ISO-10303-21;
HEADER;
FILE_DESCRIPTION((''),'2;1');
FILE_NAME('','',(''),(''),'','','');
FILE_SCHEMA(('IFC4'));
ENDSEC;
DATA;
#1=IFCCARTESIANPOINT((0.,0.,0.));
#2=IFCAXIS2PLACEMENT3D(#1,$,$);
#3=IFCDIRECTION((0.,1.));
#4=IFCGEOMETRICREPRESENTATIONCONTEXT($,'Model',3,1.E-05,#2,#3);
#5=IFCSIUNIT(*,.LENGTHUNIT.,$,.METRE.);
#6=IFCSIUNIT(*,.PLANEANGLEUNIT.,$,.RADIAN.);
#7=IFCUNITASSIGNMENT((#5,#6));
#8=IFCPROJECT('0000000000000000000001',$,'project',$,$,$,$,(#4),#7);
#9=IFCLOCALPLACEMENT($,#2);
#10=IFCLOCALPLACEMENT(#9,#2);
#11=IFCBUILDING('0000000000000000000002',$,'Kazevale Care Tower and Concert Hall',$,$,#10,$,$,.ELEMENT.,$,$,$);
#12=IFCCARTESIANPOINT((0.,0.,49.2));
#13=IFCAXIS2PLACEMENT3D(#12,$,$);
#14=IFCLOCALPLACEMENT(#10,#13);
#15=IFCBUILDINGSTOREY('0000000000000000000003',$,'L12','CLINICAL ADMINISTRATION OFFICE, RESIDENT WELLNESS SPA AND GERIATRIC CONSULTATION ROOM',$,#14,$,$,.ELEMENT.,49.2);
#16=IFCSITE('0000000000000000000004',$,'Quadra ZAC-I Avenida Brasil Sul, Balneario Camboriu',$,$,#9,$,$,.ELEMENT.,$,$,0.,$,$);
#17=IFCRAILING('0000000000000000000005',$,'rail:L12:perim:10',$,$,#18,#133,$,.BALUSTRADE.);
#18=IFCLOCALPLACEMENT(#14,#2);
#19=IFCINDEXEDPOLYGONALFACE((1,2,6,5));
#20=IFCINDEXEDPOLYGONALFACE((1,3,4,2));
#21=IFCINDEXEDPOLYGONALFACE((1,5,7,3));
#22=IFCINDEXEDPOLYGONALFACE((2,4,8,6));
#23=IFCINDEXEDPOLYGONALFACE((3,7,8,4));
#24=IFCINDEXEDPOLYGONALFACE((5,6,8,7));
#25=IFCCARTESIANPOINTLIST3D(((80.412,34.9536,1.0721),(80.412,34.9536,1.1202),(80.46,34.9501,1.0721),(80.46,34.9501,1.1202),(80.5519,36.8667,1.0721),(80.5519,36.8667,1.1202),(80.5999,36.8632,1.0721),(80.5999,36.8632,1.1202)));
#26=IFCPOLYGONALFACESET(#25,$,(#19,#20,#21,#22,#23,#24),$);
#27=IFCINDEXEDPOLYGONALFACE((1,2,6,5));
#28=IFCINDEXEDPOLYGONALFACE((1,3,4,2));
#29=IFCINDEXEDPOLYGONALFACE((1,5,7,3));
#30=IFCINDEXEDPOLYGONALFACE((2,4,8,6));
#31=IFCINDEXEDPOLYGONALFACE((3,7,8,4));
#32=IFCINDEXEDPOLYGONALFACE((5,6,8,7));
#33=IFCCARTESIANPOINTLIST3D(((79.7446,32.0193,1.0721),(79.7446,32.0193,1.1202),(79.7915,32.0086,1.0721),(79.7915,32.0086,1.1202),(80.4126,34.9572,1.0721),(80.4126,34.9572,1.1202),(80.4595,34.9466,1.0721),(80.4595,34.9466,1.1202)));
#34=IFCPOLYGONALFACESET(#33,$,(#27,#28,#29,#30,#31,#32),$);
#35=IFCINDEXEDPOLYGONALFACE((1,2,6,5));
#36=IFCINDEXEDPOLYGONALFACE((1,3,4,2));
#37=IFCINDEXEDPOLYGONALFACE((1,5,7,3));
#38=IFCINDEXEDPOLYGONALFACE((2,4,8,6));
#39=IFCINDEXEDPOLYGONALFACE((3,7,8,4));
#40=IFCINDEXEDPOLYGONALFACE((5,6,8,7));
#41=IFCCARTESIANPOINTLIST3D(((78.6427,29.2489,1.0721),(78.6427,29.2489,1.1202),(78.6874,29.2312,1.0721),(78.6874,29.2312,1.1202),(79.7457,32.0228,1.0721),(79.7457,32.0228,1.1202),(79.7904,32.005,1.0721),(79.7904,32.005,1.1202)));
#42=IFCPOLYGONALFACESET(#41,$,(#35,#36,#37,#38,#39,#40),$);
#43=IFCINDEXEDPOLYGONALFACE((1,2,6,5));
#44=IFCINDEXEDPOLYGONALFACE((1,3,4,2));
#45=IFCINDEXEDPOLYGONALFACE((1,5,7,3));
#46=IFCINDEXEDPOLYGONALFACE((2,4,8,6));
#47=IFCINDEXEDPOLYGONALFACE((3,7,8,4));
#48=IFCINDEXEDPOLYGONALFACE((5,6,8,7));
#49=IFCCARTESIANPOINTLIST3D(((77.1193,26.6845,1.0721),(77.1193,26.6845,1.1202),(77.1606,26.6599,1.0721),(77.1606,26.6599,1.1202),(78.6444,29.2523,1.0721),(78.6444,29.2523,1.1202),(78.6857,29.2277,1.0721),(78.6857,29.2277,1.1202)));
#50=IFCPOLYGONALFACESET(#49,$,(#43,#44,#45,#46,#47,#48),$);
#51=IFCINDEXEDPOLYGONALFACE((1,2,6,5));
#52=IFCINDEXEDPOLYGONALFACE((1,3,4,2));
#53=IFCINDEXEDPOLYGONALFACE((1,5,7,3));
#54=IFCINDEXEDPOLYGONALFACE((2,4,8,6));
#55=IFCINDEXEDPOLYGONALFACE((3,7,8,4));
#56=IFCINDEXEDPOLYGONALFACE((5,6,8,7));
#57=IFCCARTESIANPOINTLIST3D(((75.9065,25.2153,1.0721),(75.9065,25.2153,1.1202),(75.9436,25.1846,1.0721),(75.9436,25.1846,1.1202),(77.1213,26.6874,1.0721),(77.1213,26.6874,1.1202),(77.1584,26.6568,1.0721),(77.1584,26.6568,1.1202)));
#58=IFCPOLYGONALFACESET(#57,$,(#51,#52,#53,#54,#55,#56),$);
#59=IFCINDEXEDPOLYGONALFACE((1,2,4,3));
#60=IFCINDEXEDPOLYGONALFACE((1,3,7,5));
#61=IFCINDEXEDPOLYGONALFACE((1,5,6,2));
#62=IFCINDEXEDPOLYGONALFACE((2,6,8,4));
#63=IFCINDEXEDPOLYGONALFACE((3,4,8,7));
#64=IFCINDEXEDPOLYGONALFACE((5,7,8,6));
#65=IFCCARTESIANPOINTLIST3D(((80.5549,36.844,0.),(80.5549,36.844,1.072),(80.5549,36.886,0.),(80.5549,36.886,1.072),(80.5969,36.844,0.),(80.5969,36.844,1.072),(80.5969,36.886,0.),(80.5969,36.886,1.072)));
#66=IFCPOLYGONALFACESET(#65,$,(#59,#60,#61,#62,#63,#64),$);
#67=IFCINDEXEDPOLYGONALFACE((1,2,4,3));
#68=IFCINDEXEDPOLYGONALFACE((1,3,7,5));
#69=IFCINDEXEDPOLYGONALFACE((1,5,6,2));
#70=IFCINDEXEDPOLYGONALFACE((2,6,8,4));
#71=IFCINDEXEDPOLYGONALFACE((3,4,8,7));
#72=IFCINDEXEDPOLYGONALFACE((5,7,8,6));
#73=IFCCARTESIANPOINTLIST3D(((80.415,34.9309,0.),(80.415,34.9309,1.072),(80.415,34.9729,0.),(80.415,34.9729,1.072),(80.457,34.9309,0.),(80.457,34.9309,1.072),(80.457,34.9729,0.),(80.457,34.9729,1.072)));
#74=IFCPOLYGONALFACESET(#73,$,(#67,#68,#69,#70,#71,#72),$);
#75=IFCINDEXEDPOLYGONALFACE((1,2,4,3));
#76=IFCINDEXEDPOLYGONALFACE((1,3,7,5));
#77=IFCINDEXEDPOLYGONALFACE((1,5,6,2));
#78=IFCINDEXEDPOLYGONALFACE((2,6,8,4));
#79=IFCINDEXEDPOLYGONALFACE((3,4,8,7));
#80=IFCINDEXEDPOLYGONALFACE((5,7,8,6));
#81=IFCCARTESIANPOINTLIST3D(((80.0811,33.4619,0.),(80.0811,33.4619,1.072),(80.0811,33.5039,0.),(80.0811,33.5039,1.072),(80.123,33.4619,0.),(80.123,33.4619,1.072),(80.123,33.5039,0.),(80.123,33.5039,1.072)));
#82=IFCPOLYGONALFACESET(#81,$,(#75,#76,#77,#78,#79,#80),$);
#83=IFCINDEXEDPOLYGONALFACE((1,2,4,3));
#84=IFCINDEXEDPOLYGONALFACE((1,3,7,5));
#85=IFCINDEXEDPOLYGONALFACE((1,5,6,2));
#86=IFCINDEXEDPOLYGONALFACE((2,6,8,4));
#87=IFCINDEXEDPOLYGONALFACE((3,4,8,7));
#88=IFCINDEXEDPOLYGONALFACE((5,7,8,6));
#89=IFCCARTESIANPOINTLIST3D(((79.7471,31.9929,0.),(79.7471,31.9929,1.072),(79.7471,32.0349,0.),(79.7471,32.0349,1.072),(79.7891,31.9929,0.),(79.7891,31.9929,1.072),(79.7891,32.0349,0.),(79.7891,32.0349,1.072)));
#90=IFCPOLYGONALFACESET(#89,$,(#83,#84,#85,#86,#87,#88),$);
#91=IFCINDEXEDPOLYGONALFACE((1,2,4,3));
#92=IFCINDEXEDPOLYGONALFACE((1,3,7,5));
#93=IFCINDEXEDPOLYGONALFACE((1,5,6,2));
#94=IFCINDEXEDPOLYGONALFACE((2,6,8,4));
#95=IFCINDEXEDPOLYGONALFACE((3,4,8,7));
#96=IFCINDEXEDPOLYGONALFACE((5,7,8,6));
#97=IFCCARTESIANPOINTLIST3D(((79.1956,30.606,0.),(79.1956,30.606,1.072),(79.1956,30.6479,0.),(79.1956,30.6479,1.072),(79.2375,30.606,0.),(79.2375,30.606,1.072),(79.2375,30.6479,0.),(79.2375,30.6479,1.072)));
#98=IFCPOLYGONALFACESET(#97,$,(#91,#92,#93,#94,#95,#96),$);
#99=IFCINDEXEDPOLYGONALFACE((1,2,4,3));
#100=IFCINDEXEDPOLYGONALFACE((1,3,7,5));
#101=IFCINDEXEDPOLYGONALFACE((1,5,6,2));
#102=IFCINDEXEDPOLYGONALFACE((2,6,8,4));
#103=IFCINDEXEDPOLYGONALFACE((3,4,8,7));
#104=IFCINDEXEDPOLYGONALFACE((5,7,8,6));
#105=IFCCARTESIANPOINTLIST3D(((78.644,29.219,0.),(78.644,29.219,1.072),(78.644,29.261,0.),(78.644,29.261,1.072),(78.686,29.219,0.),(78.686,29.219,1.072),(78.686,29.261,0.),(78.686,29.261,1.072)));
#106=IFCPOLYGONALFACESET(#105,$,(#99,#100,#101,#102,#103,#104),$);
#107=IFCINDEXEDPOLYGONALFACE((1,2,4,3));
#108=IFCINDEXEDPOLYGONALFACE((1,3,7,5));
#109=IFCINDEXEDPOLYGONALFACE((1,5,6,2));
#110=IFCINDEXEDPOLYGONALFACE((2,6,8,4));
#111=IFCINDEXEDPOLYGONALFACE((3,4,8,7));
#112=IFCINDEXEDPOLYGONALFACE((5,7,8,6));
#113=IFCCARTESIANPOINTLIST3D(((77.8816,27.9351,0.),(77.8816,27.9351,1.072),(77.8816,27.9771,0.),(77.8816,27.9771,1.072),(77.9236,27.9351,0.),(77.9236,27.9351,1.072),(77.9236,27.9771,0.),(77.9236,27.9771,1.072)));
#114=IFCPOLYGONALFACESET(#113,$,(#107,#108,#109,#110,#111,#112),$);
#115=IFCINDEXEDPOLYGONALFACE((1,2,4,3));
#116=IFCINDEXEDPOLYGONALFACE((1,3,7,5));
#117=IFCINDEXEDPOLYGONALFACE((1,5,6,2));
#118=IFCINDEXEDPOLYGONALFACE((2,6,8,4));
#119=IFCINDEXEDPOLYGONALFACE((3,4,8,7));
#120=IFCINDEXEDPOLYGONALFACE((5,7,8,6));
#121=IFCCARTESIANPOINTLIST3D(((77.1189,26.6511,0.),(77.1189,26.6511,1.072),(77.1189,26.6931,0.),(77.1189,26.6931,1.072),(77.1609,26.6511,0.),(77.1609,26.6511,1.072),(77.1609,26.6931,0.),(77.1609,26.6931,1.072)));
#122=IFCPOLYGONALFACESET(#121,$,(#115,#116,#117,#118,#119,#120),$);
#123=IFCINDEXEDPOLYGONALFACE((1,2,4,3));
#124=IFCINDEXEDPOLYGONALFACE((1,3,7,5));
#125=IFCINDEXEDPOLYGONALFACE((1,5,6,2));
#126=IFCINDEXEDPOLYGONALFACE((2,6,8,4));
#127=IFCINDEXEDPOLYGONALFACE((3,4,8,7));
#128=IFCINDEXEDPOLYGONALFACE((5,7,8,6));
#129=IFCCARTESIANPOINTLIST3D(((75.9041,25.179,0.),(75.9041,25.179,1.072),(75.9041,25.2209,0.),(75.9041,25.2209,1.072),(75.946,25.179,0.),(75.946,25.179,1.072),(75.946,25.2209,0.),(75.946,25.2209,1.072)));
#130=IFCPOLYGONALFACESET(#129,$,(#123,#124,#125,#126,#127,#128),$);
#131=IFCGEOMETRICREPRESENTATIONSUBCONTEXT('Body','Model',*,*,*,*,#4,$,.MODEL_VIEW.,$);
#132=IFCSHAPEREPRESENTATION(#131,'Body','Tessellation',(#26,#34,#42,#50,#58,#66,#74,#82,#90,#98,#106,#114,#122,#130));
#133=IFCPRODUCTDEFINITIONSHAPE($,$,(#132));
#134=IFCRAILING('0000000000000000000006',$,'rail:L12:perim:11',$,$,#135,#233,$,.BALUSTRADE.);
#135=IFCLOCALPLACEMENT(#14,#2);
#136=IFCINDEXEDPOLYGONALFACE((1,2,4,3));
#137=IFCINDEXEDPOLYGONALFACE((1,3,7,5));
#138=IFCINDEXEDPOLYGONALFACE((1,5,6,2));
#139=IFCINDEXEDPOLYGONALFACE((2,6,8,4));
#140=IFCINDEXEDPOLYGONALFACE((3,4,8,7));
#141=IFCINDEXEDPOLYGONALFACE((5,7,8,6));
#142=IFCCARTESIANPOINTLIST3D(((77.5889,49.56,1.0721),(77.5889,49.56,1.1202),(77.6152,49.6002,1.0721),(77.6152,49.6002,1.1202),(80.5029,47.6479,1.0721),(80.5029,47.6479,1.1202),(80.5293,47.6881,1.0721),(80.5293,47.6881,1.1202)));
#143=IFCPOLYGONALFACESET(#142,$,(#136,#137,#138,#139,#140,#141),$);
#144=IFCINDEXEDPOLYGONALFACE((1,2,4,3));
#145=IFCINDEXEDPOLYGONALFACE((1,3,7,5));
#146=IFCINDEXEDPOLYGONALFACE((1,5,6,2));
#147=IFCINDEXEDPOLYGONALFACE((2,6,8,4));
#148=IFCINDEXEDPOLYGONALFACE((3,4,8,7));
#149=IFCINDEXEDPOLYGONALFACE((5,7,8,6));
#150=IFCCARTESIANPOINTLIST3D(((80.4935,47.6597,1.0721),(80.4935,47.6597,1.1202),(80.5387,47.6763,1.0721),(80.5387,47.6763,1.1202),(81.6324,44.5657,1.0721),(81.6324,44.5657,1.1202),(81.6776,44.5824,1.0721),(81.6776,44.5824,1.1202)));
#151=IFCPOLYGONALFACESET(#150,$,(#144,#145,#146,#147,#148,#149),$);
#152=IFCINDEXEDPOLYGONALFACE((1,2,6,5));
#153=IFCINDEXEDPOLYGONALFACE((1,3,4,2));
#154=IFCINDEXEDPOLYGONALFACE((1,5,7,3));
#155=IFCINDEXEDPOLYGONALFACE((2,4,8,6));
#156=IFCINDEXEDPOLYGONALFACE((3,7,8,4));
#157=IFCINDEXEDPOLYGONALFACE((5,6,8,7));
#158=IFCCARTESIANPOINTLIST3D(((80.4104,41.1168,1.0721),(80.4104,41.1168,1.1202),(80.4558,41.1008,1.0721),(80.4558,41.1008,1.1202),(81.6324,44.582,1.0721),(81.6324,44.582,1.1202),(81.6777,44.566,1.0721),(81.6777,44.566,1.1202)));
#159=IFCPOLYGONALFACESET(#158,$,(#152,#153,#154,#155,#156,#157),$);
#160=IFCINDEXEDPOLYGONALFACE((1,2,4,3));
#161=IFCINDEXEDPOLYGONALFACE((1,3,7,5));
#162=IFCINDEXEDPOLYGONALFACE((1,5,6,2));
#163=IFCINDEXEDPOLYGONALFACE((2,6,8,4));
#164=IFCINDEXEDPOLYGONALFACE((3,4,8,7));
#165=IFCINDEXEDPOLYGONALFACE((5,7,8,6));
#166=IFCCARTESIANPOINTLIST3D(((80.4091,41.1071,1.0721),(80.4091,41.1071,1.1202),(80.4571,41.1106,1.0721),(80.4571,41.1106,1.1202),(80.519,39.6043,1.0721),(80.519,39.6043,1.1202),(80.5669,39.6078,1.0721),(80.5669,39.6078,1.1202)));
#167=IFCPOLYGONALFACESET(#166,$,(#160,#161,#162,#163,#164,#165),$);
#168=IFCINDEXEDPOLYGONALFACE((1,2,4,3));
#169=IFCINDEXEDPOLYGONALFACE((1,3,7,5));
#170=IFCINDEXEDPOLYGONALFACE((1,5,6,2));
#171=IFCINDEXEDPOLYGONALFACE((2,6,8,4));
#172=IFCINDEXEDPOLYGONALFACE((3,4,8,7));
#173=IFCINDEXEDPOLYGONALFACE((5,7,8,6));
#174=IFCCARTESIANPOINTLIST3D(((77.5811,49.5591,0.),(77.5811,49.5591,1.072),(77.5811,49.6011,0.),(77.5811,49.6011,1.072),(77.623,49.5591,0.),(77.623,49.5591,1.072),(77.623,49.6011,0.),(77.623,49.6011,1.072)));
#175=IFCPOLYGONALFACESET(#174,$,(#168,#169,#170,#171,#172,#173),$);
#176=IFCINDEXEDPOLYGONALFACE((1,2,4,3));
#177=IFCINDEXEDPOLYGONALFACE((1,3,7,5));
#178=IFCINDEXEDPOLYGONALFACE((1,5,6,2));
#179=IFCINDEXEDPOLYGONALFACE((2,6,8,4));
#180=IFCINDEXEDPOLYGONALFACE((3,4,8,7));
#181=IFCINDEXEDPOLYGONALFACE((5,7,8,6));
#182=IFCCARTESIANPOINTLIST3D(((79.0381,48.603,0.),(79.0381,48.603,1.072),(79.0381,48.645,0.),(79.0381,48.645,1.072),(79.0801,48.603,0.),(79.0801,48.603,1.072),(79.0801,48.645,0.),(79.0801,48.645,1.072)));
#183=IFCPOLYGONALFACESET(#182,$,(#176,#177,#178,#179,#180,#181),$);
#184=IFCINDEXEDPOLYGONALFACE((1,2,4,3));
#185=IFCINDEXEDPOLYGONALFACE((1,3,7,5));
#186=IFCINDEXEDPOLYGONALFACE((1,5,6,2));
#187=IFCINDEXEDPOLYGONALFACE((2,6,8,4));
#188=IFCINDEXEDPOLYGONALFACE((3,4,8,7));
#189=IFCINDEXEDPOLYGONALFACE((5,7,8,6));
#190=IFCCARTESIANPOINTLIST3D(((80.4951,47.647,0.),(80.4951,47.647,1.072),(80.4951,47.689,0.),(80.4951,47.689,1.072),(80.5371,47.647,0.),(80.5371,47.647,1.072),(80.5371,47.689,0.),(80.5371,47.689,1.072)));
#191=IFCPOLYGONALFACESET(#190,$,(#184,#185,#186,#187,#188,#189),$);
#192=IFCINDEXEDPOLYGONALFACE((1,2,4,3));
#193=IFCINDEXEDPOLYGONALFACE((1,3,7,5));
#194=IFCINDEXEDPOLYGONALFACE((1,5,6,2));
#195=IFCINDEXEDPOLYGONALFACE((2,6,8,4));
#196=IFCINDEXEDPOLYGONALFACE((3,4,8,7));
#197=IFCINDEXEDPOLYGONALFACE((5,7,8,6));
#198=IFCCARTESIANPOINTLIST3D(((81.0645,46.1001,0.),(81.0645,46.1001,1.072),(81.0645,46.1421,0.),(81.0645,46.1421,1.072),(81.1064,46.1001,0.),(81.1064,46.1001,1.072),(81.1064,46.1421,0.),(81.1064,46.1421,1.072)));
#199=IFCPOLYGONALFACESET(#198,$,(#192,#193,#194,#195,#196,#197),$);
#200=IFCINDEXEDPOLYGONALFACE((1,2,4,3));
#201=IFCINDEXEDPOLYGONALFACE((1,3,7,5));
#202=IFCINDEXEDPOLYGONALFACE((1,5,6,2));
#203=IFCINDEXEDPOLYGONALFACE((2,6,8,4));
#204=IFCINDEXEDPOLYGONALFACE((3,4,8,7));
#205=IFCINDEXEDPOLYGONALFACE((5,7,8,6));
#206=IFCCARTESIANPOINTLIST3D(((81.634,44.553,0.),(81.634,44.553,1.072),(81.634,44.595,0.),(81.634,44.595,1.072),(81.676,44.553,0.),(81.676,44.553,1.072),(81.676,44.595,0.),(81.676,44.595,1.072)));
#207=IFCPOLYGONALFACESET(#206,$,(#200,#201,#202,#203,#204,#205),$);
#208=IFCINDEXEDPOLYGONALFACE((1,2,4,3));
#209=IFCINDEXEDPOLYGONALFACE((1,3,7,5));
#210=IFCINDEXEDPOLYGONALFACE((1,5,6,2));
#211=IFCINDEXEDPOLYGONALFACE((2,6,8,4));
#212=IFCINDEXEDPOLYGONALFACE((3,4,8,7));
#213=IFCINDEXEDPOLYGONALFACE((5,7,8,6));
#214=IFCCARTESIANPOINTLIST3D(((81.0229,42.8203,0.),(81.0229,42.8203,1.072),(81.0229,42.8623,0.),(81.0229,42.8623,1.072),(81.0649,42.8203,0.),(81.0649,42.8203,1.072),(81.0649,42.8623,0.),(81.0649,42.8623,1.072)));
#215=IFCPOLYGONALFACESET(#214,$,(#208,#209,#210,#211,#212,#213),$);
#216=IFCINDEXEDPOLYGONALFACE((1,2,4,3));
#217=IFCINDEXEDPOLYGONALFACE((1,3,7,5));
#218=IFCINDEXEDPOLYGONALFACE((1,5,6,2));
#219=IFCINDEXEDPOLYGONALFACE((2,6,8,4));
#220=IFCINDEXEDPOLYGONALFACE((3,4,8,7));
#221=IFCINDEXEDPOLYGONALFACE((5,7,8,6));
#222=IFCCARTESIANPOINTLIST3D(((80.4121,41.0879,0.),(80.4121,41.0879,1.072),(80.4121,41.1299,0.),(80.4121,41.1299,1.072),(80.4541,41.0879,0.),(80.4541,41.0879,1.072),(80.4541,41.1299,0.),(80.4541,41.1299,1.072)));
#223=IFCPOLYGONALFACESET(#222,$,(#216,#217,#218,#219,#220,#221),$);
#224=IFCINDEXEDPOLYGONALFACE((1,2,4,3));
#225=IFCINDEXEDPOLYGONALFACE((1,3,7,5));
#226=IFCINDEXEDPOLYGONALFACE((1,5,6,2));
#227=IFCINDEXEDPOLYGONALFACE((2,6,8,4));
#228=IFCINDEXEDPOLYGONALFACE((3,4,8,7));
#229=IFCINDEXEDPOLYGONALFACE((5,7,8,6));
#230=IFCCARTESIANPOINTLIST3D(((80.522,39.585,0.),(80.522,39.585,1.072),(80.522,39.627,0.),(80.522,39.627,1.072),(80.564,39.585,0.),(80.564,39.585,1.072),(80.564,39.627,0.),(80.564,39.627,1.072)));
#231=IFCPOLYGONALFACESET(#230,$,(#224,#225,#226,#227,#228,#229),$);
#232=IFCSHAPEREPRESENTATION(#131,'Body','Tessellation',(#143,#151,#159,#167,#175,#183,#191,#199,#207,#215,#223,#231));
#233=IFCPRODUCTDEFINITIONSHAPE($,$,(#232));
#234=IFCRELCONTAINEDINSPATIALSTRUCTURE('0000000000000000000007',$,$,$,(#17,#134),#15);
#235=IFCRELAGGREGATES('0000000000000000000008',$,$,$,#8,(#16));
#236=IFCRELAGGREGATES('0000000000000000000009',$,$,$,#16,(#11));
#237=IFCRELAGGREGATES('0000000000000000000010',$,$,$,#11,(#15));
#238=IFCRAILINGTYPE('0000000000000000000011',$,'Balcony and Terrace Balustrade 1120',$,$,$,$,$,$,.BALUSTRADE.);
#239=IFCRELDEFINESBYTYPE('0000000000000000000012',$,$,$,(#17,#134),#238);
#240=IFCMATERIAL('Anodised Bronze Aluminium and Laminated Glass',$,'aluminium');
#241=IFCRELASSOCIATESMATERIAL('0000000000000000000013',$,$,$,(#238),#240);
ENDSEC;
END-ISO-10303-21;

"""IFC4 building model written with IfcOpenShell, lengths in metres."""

from ifc_helpers import new_model, si_unit, direction, frame, origin, origin_2d, place, context, subcontext, project, spatial, rectangle, extrude, material, type_object, element, save


model = new_model("IFC4")

# Units and contexts
model_context = context("Model", 3, precision=1e-05, world=origin(), true_north=direction((0.0, 1.0)))
body_context = subcontext(model_context, "Body", "Model", "MODEL_VIEW")
ifc_project = project(units=[si_unit("LENGTHUNIT", "METRE"), si_unit("PLANEANGLEUNIT", "RADIAN")], contexts=[model_context])

# Site, building, storey
site_placement = place(None, origin())
site = spatial("IfcSite", under=ifc_project, at=site_placement, Name="Quadra ZAC-I Avenida Brasil Sul, Balneario Camboriu", CompositionType="ELEMENT", RefElevation=0.0)
building_placement = place(site_placement, origin())
building = spatial("IfcBuilding", under=site, at=building_placement, Name="Kazevale Care Tower and Concert Hall", CompositionType="ELEMENT")
storey_placement = place(building_placement, frame((0.0, 0.0, 49.2)))
storey = spatial("IfcBuildingStorey", under=building, at=storey_placement, Name="L12", Description="CLINICAL ADMINISTRATION OFFICE, RESIDENT WELLNESS SPA AND GERIATRIC CONSULTATION ROOM", CompositionType="ELEMENT", Elevation=49.2)

# Railings
ifc_material_1 = material(Name="Anodised Bronze Aluminium and Laminated Glass", Category="aluminium")
railing_type = type_object("IfcRailingType", Name="Balcony and Terrace Balustrade 1120", PredefinedType="BALUSTRADE", material=ifc_material_1)
railing_1_placement = place(storey_placement, frame((80.5759, 36.865, 0.0)))
element("IfcRailing", 1, at=railing_1_placement, inside=storey, type_object=railing_type, Name="rail:L12:perim:10", PredefinedType="BALUSTRADE", context=body_context, shape_type="SweptSolid", body=[
    extrude(rectangle(XDim=0.0481, YDim=0.0481, at=origin_2d()), frame((0.0, 0.0, 1.0962), z_axis=(-0.072929, -0.997337, 0.0), x_axis=(0.997337, -0.072929, 0.0)), (0.0, 0.0, 1.0), 1.9182),
    extrude(rectangle(XDim=0.0481, YDim=0.0481, at=origin_2d()), frame((-0.1399, -1.9131, 1.0962), z_axis=(-0.221698, -0.975115, 0.0), x_axis=(0.975115, -0.221698, 0.0)), (0.0, 0.0, 1.0), 3.0129),
    extrude(rectangle(XDim=0.0481, YDim=0.0481, at=origin_2d()), frame((-0.8079, -4.8511, 1.0962), z_axis=(-0.3695, -0.929231, 0.0), x_axis=(0.929231, -0.3695, 0.0)), (0.0, 0.0, 1.0), 2.9851),
    extrude(rectangle(XDim=0.0481, YDim=0.0481, at=origin_2d()), frame((-1.9109, -7.625, 1.0962), z_axis=(-0.510656, -0.859785, 0.0), x_axis=(0.859785, -0.510656, 0.0)), (0.0, 0.0, 1.0), 2.9866),
    extrude(rectangle(XDim=0.0481, YDim=0.0481, at=origin_2d()), frame((-3.436, -10.1929, 1.0962), z_axis=(-0.636478, -0.771295, 0.0), x_axis=(0.771295, -0.636478, 0.0)), (0.0, 0.0, 1.0), 1.9087),
    extrude(rectangle(XDim=0.042, YDim=0.042, at=origin_2d()), origin(), (0.0, 0.0, 1.0), 1.072),
    extrude(rectangle(XDim=0.042, YDim=0.042, at=origin_2d()), frame((-0.1399, -1.9131, 0.0)), (0.0, 0.0, 1.0), 1.072),
    extrude(rectangle(XDim=0.042, YDim=0.042, at=origin_2d()), frame((-0.4739, -3.3821, 0.0)), (0.0, 0.0, 1.0), 1.072),
    extrude(rectangle(XDim=0.042, YDim=0.042, at=origin_2d()), frame((-0.8079, -4.8511, 0.0)), (0.0, 0.0, 1.0), 1.072),
    extrude(rectangle(XDim=0.042, YDim=0.042, at=origin_2d()), frame((-1.3594, -6.238, 0.0)), (0.0, 0.0, 1.0), 1.072),
    extrude(rectangle(XDim=0.042, YDim=0.042, at=origin_2d()), frame((-1.9109, -7.625, 0.0)), (0.0, 0.0, 1.0), 1.072),
    extrude(rectangle(XDim=0.042, YDim=0.042, at=origin_2d()), frame((-2.6733, -8.9089, 0.0)), (0.0, 0.0, 1.0), 1.072),
    extrude(rectangle(XDim=0.042, YDim=0.042, at=origin_2d()), frame((-3.436, -10.1929, 0.0)), (0.0, 0.0, 1.0), 1.072),
    extrude(rectangle(XDim=0.042, YDim=0.042, at=origin_2d()), frame((-4.6509, -11.665, 0.0)), (0.0, 0.0, 1.0), 1.072),
])
railing_2_placement = place(storey_placement, frame((77.6021, 49.5801, 0.0)))
element("IfcRailing", 2, at=railing_2_placement, inside=storey, type_object=railing_type, Name="rail:L12:perim:11", PredefinedType="BALUSTRADE", context=body_context, shape_type="SweptSolid", body=[
    extrude(rectangle(XDim=0.0481, YDim=0.0481, at=origin_2d()), frame((0.0, 0.0, 1.0962), z_axis=(0.83608, -0.548607, 0.0), x_axis=(0.548607, 0.83608, 0.0)), (0.0, 0.0, 1.0), 3.4854),
    extrude(rectangle(XDim=0.0481, YDim=0.0481, at=origin_2d()), frame((2.9141, -1.9121, 1.0962), z_axis=(0.345445, -0.938439, 0.0), x_axis=(0.938439, 0.345445, 0.0)), (0.0, 0.0, 1.0), 3.2969),
    extrude(rectangle(XDim=0.0481, YDim=0.0481, at=origin_2d()), frame((4.053, -5.0061, 1.0962), z_axis=(-0.332566, -0.94308, 0.0), x_axis=(0.94308, -0.332566, 0.0)), (0.0, 0.0, 1.0), 3.6743),
    extrude(rectangle(XDim=0.0481, YDim=0.0481, at=origin_2d()), frame((2.8311, -8.4712, 1.0962), z_axis=(0.072905, -0.997339, 0.0), x_axis=(0.997339, 0.072905, 0.0)), (0.0, 0.0, 1.0), 1.5068),
    extrude(rectangle(XDim=0.042, YDim=0.042, at=origin_2d()), origin(), (0.0, 0.0, 1.0), 1.072),
    extrude(rectangle(XDim=0.042, YDim=0.042, at=origin_2d()), frame((1.457, -0.9561, 0.0)), (0.0, 0.0, 1.0), 1.072),
    extrude(rectangle(XDim=0.042, YDim=0.042, at=origin_2d()), frame((2.9141, -1.9121, 0.0)), (0.0, 0.0, 1.0), 1.072),
    extrude(rectangle(XDim=0.042, YDim=0.042, at=origin_2d()), frame((3.4834, -3.459, 0.0)), (0.0, 0.0, 1.0), 1.072),
    extrude(rectangle(XDim=0.042, YDim=0.042, at=origin_2d()), frame((4.053, -5.0061, 0.0)), (0.0, 0.0, 1.0), 1.072),
    extrude(rectangle(XDim=0.042, YDim=0.042, at=origin_2d()), frame((3.4419, -6.7388, 0.0)), (0.0, 0.0, 1.0), 1.072),
    extrude(rectangle(XDim=0.042, YDim=0.042, at=origin_2d()), frame((2.8311, -8.4712, 0.0)), (0.0, 0.0, 1.0), 1.072),
    extrude(rectangle(XDim=0.042, YDim=0.042, at=origin_2d()), frame((2.9409, -9.9741, 0.0)), (0.0, 0.0, 1.0), 1.072),
])

save(model, "model.ifc")
